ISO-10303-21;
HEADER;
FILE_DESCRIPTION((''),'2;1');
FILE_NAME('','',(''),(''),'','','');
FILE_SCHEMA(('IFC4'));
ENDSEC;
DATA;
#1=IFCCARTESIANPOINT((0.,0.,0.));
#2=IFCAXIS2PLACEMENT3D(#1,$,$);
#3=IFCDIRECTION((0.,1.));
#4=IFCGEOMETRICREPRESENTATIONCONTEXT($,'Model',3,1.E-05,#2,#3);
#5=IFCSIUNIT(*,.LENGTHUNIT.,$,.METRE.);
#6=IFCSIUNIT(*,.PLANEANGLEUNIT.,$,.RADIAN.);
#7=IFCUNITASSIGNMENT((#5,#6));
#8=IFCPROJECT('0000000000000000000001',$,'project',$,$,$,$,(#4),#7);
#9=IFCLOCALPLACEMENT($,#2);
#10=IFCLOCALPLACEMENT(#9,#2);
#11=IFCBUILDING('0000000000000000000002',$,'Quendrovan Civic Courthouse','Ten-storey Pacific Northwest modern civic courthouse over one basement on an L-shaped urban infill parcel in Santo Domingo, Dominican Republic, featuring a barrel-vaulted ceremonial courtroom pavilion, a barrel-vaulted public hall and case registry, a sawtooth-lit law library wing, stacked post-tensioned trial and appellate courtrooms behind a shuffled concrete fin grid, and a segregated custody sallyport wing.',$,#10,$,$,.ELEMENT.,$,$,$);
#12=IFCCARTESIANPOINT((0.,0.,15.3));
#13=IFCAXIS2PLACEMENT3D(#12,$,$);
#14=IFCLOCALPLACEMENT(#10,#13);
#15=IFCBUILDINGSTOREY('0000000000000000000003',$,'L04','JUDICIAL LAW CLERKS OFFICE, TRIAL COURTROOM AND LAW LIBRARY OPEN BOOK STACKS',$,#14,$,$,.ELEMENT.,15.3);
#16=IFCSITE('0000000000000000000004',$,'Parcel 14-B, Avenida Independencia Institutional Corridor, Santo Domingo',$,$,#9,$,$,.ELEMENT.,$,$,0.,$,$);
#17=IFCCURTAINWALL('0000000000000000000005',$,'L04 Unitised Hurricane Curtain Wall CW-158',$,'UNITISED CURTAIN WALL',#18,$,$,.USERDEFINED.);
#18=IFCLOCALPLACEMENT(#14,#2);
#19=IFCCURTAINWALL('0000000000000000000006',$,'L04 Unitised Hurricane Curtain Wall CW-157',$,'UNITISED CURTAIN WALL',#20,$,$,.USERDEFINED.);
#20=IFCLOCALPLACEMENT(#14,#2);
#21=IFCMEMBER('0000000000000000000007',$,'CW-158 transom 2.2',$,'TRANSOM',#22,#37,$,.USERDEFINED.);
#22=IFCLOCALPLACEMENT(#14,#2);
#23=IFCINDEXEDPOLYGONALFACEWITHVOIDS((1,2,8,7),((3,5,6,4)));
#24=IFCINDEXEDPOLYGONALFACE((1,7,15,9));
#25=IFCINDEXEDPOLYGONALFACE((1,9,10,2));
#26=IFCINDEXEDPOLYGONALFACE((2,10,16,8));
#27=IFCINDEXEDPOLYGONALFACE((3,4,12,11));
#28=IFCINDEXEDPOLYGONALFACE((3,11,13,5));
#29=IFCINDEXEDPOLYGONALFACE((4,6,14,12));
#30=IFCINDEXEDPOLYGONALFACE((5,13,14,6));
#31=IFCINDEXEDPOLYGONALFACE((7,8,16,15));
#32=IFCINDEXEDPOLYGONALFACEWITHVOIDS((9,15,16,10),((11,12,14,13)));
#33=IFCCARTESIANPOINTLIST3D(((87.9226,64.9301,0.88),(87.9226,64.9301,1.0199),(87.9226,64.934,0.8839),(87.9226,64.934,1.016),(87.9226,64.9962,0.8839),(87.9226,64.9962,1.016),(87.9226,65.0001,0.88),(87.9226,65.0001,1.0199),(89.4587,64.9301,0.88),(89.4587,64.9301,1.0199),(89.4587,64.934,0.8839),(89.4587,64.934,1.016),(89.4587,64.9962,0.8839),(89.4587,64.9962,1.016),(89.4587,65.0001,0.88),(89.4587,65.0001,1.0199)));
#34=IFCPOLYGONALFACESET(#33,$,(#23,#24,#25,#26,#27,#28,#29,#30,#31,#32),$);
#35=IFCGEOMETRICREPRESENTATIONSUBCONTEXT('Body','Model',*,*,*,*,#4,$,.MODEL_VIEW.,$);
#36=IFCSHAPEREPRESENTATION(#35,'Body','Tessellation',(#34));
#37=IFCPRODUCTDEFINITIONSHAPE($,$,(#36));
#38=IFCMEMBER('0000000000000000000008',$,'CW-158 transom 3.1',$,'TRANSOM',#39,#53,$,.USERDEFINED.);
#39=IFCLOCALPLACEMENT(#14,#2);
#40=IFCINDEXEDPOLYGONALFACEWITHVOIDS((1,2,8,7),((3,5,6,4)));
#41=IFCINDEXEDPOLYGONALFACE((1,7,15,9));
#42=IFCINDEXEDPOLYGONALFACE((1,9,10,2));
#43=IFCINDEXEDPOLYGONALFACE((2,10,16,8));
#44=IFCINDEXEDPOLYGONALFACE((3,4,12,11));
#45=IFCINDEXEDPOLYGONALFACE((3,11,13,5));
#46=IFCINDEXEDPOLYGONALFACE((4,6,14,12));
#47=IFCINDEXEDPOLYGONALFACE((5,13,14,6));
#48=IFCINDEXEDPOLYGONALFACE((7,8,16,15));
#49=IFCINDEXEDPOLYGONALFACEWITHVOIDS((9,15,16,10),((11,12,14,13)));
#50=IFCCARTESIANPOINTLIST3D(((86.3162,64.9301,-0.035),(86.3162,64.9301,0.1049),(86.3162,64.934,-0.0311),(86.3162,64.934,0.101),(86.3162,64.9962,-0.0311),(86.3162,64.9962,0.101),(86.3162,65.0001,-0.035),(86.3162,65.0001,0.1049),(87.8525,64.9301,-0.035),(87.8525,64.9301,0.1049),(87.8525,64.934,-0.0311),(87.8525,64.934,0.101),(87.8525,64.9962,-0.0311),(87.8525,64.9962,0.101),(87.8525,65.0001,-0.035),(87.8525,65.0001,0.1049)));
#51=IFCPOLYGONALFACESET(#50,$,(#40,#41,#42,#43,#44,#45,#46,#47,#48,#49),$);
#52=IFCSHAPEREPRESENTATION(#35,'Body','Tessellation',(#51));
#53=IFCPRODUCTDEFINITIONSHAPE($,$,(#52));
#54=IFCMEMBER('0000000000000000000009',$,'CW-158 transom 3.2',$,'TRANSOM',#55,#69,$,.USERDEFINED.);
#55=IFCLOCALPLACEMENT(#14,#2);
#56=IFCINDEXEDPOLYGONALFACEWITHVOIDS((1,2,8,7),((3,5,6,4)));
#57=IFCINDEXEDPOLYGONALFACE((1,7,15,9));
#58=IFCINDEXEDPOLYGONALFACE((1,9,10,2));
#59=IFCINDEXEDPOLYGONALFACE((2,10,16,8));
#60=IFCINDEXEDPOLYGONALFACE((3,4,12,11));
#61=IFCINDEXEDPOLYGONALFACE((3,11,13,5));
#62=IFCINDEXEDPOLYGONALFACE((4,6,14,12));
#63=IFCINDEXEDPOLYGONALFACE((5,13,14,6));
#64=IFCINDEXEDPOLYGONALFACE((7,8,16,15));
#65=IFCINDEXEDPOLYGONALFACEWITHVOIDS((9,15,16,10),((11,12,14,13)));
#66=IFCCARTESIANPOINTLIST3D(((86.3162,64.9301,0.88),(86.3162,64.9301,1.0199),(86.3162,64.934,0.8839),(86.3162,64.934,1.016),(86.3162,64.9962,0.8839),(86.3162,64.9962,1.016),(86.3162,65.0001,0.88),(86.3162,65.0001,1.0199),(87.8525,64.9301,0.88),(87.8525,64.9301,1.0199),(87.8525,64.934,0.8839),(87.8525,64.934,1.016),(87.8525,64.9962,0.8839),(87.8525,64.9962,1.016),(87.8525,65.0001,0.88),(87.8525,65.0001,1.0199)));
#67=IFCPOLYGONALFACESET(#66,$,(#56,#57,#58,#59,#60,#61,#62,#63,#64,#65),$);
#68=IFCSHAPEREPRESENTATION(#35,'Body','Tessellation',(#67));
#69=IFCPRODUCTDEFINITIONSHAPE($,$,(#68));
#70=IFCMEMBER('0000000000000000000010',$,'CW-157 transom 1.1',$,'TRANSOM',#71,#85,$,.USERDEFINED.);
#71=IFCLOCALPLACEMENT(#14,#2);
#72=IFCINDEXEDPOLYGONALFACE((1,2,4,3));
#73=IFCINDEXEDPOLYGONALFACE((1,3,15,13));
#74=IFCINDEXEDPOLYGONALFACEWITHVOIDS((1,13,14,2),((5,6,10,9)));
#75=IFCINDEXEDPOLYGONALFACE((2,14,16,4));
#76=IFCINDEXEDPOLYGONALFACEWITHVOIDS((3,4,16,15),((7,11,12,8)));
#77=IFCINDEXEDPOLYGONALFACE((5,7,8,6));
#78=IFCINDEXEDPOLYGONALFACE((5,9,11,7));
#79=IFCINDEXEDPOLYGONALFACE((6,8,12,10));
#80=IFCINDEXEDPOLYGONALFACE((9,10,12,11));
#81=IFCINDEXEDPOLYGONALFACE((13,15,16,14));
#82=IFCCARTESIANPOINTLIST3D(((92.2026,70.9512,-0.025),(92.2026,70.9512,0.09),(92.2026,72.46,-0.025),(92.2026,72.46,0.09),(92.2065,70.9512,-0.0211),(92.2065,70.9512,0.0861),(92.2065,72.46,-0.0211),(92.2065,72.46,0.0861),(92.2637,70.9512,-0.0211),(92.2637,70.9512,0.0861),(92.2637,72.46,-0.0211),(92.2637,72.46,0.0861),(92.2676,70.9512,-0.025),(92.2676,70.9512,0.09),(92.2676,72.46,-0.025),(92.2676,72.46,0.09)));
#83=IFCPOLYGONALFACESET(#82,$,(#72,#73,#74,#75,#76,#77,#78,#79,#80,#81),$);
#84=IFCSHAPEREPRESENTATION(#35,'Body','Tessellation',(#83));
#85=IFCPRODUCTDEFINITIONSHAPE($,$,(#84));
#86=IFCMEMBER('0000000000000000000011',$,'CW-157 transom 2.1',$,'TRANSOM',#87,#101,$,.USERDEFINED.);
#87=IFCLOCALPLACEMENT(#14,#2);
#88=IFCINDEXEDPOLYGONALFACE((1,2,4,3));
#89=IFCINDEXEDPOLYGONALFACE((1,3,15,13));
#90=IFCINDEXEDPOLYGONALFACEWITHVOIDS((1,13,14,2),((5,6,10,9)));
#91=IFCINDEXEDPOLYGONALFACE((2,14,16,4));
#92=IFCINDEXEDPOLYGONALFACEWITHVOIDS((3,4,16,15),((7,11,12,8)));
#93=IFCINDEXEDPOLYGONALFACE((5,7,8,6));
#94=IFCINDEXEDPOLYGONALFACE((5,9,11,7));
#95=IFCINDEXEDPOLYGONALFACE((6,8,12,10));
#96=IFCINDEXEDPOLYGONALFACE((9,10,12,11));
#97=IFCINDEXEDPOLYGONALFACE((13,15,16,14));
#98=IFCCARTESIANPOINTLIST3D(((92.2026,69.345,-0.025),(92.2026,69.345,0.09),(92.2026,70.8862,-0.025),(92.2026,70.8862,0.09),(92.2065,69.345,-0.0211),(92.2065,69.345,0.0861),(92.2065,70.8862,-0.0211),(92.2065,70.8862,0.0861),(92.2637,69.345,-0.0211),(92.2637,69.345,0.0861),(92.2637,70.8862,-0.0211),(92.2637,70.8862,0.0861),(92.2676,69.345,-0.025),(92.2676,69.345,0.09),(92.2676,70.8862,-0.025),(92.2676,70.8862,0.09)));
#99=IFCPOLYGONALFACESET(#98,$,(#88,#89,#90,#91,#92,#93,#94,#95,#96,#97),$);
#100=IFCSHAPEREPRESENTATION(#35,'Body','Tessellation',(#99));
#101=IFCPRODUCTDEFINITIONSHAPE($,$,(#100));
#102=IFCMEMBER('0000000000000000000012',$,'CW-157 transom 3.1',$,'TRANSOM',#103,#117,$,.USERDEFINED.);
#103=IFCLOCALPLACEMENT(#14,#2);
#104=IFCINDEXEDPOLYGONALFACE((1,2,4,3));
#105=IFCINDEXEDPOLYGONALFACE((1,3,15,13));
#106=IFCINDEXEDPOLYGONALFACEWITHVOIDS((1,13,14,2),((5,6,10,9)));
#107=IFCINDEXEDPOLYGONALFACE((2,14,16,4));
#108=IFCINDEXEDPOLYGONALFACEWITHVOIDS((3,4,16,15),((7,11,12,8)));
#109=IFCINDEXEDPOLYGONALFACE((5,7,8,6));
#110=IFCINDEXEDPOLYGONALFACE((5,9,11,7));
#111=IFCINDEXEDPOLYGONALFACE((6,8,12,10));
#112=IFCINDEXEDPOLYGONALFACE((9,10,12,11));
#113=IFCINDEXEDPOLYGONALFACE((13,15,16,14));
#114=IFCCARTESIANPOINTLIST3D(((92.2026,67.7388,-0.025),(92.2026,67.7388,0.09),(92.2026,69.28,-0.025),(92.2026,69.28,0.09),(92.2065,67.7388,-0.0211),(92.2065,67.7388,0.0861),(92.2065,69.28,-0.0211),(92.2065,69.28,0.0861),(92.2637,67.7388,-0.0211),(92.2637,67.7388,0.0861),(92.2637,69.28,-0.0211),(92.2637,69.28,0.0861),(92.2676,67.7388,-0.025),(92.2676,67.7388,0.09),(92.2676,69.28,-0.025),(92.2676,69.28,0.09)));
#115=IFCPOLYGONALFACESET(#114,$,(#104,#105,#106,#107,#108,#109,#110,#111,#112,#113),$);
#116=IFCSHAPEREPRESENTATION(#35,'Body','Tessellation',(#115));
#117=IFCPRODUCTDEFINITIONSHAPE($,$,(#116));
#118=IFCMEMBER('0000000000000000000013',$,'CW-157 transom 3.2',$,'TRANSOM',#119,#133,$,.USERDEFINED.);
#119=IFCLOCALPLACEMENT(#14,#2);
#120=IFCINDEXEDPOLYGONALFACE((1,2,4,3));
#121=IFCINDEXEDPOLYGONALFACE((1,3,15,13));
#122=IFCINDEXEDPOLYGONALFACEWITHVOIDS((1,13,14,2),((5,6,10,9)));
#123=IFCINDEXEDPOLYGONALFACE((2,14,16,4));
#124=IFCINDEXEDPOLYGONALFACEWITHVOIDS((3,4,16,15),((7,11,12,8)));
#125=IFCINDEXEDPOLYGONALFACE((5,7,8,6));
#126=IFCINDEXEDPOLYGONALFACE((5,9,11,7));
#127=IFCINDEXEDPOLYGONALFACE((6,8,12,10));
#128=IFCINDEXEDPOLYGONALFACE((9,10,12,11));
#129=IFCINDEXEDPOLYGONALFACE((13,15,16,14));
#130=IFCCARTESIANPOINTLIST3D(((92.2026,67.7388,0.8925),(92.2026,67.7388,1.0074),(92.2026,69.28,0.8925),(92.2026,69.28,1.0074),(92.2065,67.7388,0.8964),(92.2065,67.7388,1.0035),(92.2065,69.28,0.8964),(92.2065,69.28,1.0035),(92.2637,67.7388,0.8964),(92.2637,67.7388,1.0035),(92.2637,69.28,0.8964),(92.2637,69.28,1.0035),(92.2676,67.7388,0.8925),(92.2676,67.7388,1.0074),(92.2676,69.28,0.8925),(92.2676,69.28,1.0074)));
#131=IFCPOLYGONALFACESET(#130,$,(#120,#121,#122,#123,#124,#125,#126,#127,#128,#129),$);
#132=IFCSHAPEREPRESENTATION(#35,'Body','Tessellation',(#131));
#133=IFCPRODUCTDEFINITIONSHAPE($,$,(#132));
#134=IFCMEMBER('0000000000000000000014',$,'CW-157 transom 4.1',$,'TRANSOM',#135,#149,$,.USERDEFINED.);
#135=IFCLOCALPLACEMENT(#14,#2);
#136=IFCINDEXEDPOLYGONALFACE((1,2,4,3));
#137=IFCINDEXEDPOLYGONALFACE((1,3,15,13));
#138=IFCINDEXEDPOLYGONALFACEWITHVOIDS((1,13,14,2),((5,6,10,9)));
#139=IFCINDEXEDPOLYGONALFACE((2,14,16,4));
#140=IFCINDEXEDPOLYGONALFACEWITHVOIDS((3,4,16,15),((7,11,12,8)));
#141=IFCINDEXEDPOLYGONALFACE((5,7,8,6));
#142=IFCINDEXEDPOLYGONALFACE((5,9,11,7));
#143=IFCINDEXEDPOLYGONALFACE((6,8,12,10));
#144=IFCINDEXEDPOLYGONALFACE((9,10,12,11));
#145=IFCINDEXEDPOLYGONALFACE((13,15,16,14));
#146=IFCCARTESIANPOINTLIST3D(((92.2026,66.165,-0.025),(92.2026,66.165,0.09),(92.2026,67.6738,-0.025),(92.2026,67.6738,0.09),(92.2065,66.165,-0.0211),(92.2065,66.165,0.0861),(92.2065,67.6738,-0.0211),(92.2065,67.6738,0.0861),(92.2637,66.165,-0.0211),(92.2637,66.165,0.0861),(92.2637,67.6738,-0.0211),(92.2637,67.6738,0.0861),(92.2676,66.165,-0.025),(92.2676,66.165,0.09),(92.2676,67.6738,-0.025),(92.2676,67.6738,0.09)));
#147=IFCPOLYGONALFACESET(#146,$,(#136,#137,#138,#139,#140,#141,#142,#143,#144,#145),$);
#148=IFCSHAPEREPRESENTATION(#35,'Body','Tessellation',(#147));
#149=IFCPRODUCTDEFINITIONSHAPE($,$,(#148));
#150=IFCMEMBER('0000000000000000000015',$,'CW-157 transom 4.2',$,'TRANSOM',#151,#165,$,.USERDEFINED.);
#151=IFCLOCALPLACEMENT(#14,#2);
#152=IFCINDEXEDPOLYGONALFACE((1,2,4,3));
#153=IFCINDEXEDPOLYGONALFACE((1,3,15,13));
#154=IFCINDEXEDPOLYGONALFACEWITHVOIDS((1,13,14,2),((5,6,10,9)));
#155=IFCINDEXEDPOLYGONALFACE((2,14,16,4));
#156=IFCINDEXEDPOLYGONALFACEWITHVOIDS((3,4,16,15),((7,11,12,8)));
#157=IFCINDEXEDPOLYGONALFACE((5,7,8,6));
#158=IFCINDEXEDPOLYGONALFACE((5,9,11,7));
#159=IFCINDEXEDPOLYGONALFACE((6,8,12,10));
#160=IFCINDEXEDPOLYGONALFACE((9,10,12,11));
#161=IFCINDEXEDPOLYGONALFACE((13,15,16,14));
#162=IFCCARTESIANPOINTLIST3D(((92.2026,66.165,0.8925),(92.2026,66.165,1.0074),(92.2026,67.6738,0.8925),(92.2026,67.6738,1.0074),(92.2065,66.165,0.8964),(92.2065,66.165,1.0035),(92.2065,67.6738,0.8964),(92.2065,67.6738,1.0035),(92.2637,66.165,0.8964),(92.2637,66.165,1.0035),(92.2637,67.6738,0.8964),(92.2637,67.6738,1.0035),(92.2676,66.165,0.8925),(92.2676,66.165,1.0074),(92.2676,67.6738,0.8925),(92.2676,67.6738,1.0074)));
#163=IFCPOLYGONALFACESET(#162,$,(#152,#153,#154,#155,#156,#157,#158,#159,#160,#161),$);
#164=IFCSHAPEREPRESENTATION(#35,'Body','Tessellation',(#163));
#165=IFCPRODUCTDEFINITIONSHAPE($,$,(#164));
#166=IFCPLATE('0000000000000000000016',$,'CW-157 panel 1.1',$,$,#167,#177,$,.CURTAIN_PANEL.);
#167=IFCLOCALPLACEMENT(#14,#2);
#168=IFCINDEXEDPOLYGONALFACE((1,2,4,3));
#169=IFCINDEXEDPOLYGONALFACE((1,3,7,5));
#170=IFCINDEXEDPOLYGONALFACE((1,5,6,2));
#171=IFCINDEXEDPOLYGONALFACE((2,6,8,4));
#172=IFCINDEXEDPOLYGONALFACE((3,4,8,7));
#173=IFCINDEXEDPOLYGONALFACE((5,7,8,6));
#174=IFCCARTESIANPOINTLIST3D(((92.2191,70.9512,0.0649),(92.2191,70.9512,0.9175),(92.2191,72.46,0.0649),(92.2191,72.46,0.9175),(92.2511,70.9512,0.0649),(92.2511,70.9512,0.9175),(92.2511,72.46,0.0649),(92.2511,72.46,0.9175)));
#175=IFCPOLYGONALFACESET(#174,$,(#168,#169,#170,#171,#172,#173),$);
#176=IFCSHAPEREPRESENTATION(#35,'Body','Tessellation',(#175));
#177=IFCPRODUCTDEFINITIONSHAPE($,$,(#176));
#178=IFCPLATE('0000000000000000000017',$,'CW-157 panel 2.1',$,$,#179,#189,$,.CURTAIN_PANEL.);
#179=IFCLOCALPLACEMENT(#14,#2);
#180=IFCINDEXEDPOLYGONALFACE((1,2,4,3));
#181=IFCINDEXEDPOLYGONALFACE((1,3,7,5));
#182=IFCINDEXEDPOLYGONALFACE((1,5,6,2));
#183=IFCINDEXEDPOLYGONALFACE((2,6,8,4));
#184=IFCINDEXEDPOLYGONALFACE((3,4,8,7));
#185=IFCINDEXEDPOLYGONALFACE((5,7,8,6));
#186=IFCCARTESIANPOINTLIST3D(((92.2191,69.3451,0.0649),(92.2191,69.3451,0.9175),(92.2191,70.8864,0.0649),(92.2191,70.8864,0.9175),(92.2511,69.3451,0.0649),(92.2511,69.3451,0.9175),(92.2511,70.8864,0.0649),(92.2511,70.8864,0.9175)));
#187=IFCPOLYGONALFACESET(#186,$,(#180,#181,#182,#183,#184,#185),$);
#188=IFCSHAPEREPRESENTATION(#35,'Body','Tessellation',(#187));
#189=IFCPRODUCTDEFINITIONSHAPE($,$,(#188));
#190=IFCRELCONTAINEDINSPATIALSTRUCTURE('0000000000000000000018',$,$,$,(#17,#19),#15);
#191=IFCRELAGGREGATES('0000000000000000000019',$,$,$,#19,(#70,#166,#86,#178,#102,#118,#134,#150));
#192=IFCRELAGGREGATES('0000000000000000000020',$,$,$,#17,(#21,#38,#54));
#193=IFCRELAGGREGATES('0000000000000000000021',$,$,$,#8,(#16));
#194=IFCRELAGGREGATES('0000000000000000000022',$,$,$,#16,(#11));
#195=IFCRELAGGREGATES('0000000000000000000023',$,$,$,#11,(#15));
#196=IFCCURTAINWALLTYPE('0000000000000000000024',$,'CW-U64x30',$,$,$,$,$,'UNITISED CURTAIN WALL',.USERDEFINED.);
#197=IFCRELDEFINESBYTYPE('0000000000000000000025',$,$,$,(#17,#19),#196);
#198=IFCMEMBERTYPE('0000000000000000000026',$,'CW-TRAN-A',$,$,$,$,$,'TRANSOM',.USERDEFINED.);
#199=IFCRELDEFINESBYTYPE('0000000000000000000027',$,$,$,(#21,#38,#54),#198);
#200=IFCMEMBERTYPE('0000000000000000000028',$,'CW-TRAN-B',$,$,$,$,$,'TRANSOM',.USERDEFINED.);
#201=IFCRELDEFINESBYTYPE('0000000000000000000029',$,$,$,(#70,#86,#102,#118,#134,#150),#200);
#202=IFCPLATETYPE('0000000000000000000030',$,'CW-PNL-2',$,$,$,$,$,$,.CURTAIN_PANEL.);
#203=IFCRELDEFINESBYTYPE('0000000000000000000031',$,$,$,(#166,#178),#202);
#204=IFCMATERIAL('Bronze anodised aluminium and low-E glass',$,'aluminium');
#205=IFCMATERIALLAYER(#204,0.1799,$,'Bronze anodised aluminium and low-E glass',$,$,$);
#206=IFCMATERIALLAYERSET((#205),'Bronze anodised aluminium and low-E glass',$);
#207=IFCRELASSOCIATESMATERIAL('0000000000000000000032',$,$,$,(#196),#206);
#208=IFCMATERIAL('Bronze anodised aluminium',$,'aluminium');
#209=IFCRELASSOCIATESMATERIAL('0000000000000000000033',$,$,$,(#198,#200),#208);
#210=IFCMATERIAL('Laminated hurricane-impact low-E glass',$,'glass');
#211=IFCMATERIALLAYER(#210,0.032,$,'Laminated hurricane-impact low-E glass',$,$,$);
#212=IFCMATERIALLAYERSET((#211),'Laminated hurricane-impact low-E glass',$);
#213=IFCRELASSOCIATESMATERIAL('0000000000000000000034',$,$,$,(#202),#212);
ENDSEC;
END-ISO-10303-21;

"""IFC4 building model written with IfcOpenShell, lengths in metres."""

from ifc_helpers import new_model, si_unit, direction, frame, origin, origin_2d, place, context, subcontext, project, spatial, rectangle, hollow_rectangle, extrude, material, layer, layer_set, material_profile, profile_set, type_object, element, aggregate, save


model = new_model("IFC4")

# Units and contexts
model_context = context("Model", 3, precision=1e-05, world=origin(), true_north=direction((0.0, 1.0)))
body_context = subcontext(model_context, "Body", "Model", "MODEL_VIEW")
ifc_project = project(units=[si_unit("LENGTHUNIT", "METRE"), si_unit("PLANEANGLEUNIT", "RADIAN")], contexts=[model_context])

# Site, building, storey
site_placement = place(None, origin())
site = spatial("IfcSite", under=ifc_project, at=site_placement, Name="Parcel 14-B, Avenida Independencia Institutional Corridor, Santo Domingo", CompositionType="ELEMENT", RefElevation=0.0)
building_placement = place(site_placement, origin())
building = spatial("IfcBuilding", under=site, at=building_placement, Name="Quendrovan Civic Courthouse", Description="Ten-storey Pacific Northwest modern civic courthouse over one basement on an L-shaped urban infill parcel in Santo Domingo, Dominican Republic, featuring a barrel-vaulted ceremonial courtroom pavilion, a barrel-vaulted public hall and case registry, a sawtooth-lit law library wing, stacked post-tensioned trial and appellate courtrooms behind a shuffled concrete fin grid, and a segregated custody sallyport wing.", CompositionType="ELEMENT")
storey_placement = place(building_placement, frame((0.0, 0.0, 15.3)))
storey = spatial("IfcBuildingStorey", under=building, at=storey_placement, Name="L04", Description="JUDICIAL LAW CLERKS OFFICE, TRIAL COURTROOM AND LAW LIBRARY OPEN BOOK STACKS", CompositionType="ELEMENT", Elevation=15.3)

# Curtain walls
ifc_material_1 = material(Name="Bronze anodised aluminium and low-E glass", Category="aluminium")
ifc_layer_1 = layer(ifc_material_1, 0.1799, Name="Bronze anodised aluminium and low-E glass")
ifc_layer_set_1 = layer_set([ifc_layer_1], Name="Bronze anodised aluminium and low-E glass")
curtain_wall_type = type_object("IfcCurtainWallType", Name="CW-U64x30", ElementType="UNITISED CURTAIN WALL", PredefinedType="USERDEFINED", material=ifc_layer_set_1)
curtain_wall_1_placement = place(storey_placement, origin())
curtain_wall_1 = element("IfcCurtainWall", 1, at=curtain_wall_1_placement, inside=storey, type_object=curtain_wall_type, Name="L04 Unitised Hurricane Curtain Wall CW-158", ObjectType="UNITISED CURTAIN WALL", PredefinedType="USERDEFINED")
ifc_material_2 = material(Name="Bronze anodised aluminium", Category="aluminium")
curtain_wall_2_placement = place(storey_placement, origin())
curtain_wall_2 = element("IfcCurtainWall", 2, at=curtain_wall_2_placement, inside=storey, type_object=curtain_wall_type, Name="L04 Unitised Hurricane Curtain Wall CW-157", ObjectType="UNITISED CURTAIN WALL", PredefinedType="USERDEFINED")

# Members
ifc_material_profile_1 = material_profile(ifc_material_2, hollow_rectangle(XDim=0.0701, YDim=0.1399, WallThickness=0.0039, at=origin_2d()), Name="CW-TRAN-70x140")
ifc_profile_set_1 = profile_set([ifc_material_profile_1], Name="Bronze anodised aluminium")
member_type_1 = type_object("IfcMemberType", Name="CW-TRAN-A", ElementType="TRANSOM", PredefinedType="USERDEFINED", material=ifc_profile_set_1)
member_1_placement = place(storey_placement, frame((89.4587, 64.9651, 0.95), z_axis=(-1.0, 0.0, 0.0), x_axis=(0.0, -1.0, 0.0)))
member_1 = element("IfcMember", 3, at=member_1_placement, type_object=member_type_1, Name="CW-158 transom 2.2", ObjectType="TRANSOM", PredefinedType="USERDEFINED", context=body_context, shape_type="SweptSolid", body=[
    extrude(hollow_rectangle(XDim=0.0701, YDim=0.1399, WallThickness=0.0039, at=origin_2d()), origin(), (0.0, 0.0, 1.0), 1.5361),
])
member_2_placement = place(storey_placement, frame((87.8525, 64.9651, 0.0349), z_axis=(-1.0, 0.0, 0.0), x_axis=(0.0, -1.0, 0.0)))
member_2 = element("IfcMember", 4, at=member_2_placement, type_object=member_type_1, Name="CW-158 transom 3.1", ObjectType="TRANSOM", PredefinedType="USERDEFINED", context=body_context, shape_type="SweptSolid", body=[
    extrude(hollow_rectangle(XDim=0.0701, YDim=0.1399, WallThickness=0.0039, at=origin_2d()), origin(), (0.0, 0.0, 1.0), 1.5364),
])
member_3_placement = place(storey_placement, frame((87.8525, 64.9651, 0.95), z_axis=(-1.0, 0.0, 0.0), x_axis=(0.0, -1.0, 0.0)))
member_3 = element("IfcMember", 5, at=member_3_placement, type_object=member_type_1, Name="CW-158 transom 3.2", ObjectType="TRANSOM", PredefinedType="USERDEFINED", context=body_context, shape_type="SweptSolid", body=[
    extrude(hollow_rectangle(XDim=0.0701, YDim=0.1399, WallThickness=0.0039, at=origin_2d()), origin(), (0.0, 0.0, 1.0), 1.5364),
])
ifc_material_profile_2 = material_profile(ifc_material_2, hollow_rectangle(XDim=0.0649, YDim=0.115, WallThickness=0.0039, at=origin_2d()), Name="CW-TRAN-65x115")
ifc_profile_set_2 = profile_set([ifc_material_profile_2], Name="Bronze anodised aluminium")
member_type_2 = type_object("IfcMemberType", Name="CW-TRAN-B", ElementType="TRANSOM", PredefinedType="USERDEFINED", material=ifc_profile_set_2)
member_4_placement = place(storey_placement, frame((92.2351, 72.46, 0.0325), z_axis=(0.0, -1.0, 0.0), x_axis=(1.0, 0.0, 0.0)))
member_4 = element("IfcMember", 6, at=member_4_placement, type_object=member_type_2, Name="CW-157 transom 1.1", ObjectType="TRANSOM", PredefinedType="USERDEFINED", context=body_context, shape_type="SweptSolid", body=[
    extrude(hollow_rectangle(XDim=0.0649, YDim=0.115, WallThickness=0.0039, at=origin_2d()), origin(), (0.0, 0.0, 1.0), 1.5088),
])
member_5_placement = place(storey_placement, frame((92.2351, 70.8862, 0.0325), z_axis=(0.0, -1.0, 0.0), x_axis=(1.0, 0.0, 0.0)))
member_5 = element("IfcMember", 7, at=member_5_placement, type_object=member_type_2, Name="CW-157 transom 2.1", ObjectType="TRANSOM", PredefinedType="USERDEFINED", context=body_context, shape_type="SweptSolid", body=[
    extrude(hollow_rectangle(XDim=0.0649, YDim=0.115, WallThickness=0.0039, at=origin_2d()), origin(), (0.0, 0.0, 1.0), 1.5413),
])
member_6_placement = place(storey_placement, frame((92.2351, 69.28, 0.0325), z_axis=(0.0, -1.0, 0.0), x_axis=(1.0, 0.0, 0.0)))
member_6 = element("IfcMember", 8, at=member_6_placement, type_object=member_type_2, Name="CW-157 transom 3.1", ObjectType="TRANSOM", PredefinedType="USERDEFINED", context=body_context, shape_type="SweptSolid", body=[
    extrude(hollow_rectangle(XDim=0.0649, YDim=0.115, WallThickness=0.0039, at=origin_2d()), origin(), (0.0, 0.0, 1.0), 1.5413),
])
member_7_placement = place(storey_placement, frame((92.2351, 69.28, 0.95), z_axis=(0.0, -1.0, 0.0), x_axis=(1.0, 0.0, 0.0)))
member_7 = element("IfcMember", 9, at=member_7_placement, type_object=member_type_2, Name="CW-157 transom 3.2", ObjectType="TRANSOM", PredefinedType="USERDEFINED", context=body_context, shape_type="SweptSolid", body=[
    extrude(hollow_rectangle(XDim=0.0649, YDim=0.115, WallThickness=0.0039, at=origin_2d()), origin(), (0.0, 0.0, 1.0), 1.5413),
])
member_8_placement = place(storey_placement, frame((92.2351, 67.6738, 0.0325), z_axis=(0.0, -1.0, 0.0), x_axis=(1.0, 0.0, 0.0)))
member_8 = element("IfcMember", 10, at=member_8_placement, type_object=member_type_2, Name="CW-157 transom 4.1", ObjectType="TRANSOM", PredefinedType="USERDEFINED", context=body_context, shape_type="SweptSolid", body=[
    extrude(hollow_rectangle(XDim=0.0649, YDim=0.115, WallThickness=0.0039, at=origin_2d()), origin(), (0.0, 0.0, 1.0), 1.5088),
])
member_9_placement = place(storey_placement, frame((92.2351, 67.6738, 0.95), z_axis=(0.0, -1.0, 0.0), x_axis=(1.0, 0.0, 0.0)))
member_9 = element("IfcMember", 11, at=member_9_placement, type_object=member_type_2, Name="CW-157 transom 4.2", ObjectType="TRANSOM", PredefinedType="USERDEFINED", context=body_context, shape_type="SweptSolid", body=[
    extrude(hollow_rectangle(XDim=0.0649, YDim=0.115, WallThickness=0.0039, at=origin_2d()), origin(), (0.0, 0.0, 1.0), 1.5088),
])

# Plates
ifc_material_3 = material(Name="Laminated hurricane-impact low-E glass", Category="glass")
ifc_layer_2 = layer(ifc_material_3, 0.032, Name="Laminated hurricane-impact low-E glass")
ifc_layer_set_2 = layer_set([ifc_layer_2], Name="Laminated hurricane-impact low-E glass")
plate_type_1 = type_object("IfcPlateType", Name="CW-PNL-2", PredefinedType="CURTAIN_PANEL", material=ifc_layer_set_2)
plate_1_placement = place(storey_placement, frame((92.2351, 71.7056, 0.0649), z_axis=(0.0, 0.0, 1.0), x_axis=(0.0, -1.0, 0.0)))
plate_1 = element("IfcPlate", 12, at=plate_1_placement, type_object=plate_type_1, Name="CW-157 panel 1.1", PredefinedType="CURTAIN_PANEL", context=body_context, shape_type="SweptSolid", body=[
    extrude(rectangle(XDim=1.5088, YDim=0.032, at=origin_2d()), origin(), (0.0, 0.0, 1.0), 0.8525),
])
plate_2_placement = place(storey_placement, frame((92.2351, 70.1157, 0.0649), z_axis=(0.0, 0.0, 1.0), x_axis=(0.0, -1.0, 0.0)))
plate_2 = element("IfcPlate", 13, at=plate_2_placement, type_object=plate_type_1, Name="CW-157 panel 2.1", PredefinedType="CURTAIN_PANEL", context=body_context, shape_type="SweptSolid", body=[
    extrude(rectangle(XDim=1.5413, YDim=0.032, at=origin_2d()), origin(), (0.0, 0.0, 1.0), 0.8525),
])
aggregate(curtain_wall_2, [member_4, plate_1, member_5, plate_2, member_6, member_7, member_8, member_9])
aggregate(curtain_wall_1, [member_1, member_2, member_3])

save(model, "model.ifc")
